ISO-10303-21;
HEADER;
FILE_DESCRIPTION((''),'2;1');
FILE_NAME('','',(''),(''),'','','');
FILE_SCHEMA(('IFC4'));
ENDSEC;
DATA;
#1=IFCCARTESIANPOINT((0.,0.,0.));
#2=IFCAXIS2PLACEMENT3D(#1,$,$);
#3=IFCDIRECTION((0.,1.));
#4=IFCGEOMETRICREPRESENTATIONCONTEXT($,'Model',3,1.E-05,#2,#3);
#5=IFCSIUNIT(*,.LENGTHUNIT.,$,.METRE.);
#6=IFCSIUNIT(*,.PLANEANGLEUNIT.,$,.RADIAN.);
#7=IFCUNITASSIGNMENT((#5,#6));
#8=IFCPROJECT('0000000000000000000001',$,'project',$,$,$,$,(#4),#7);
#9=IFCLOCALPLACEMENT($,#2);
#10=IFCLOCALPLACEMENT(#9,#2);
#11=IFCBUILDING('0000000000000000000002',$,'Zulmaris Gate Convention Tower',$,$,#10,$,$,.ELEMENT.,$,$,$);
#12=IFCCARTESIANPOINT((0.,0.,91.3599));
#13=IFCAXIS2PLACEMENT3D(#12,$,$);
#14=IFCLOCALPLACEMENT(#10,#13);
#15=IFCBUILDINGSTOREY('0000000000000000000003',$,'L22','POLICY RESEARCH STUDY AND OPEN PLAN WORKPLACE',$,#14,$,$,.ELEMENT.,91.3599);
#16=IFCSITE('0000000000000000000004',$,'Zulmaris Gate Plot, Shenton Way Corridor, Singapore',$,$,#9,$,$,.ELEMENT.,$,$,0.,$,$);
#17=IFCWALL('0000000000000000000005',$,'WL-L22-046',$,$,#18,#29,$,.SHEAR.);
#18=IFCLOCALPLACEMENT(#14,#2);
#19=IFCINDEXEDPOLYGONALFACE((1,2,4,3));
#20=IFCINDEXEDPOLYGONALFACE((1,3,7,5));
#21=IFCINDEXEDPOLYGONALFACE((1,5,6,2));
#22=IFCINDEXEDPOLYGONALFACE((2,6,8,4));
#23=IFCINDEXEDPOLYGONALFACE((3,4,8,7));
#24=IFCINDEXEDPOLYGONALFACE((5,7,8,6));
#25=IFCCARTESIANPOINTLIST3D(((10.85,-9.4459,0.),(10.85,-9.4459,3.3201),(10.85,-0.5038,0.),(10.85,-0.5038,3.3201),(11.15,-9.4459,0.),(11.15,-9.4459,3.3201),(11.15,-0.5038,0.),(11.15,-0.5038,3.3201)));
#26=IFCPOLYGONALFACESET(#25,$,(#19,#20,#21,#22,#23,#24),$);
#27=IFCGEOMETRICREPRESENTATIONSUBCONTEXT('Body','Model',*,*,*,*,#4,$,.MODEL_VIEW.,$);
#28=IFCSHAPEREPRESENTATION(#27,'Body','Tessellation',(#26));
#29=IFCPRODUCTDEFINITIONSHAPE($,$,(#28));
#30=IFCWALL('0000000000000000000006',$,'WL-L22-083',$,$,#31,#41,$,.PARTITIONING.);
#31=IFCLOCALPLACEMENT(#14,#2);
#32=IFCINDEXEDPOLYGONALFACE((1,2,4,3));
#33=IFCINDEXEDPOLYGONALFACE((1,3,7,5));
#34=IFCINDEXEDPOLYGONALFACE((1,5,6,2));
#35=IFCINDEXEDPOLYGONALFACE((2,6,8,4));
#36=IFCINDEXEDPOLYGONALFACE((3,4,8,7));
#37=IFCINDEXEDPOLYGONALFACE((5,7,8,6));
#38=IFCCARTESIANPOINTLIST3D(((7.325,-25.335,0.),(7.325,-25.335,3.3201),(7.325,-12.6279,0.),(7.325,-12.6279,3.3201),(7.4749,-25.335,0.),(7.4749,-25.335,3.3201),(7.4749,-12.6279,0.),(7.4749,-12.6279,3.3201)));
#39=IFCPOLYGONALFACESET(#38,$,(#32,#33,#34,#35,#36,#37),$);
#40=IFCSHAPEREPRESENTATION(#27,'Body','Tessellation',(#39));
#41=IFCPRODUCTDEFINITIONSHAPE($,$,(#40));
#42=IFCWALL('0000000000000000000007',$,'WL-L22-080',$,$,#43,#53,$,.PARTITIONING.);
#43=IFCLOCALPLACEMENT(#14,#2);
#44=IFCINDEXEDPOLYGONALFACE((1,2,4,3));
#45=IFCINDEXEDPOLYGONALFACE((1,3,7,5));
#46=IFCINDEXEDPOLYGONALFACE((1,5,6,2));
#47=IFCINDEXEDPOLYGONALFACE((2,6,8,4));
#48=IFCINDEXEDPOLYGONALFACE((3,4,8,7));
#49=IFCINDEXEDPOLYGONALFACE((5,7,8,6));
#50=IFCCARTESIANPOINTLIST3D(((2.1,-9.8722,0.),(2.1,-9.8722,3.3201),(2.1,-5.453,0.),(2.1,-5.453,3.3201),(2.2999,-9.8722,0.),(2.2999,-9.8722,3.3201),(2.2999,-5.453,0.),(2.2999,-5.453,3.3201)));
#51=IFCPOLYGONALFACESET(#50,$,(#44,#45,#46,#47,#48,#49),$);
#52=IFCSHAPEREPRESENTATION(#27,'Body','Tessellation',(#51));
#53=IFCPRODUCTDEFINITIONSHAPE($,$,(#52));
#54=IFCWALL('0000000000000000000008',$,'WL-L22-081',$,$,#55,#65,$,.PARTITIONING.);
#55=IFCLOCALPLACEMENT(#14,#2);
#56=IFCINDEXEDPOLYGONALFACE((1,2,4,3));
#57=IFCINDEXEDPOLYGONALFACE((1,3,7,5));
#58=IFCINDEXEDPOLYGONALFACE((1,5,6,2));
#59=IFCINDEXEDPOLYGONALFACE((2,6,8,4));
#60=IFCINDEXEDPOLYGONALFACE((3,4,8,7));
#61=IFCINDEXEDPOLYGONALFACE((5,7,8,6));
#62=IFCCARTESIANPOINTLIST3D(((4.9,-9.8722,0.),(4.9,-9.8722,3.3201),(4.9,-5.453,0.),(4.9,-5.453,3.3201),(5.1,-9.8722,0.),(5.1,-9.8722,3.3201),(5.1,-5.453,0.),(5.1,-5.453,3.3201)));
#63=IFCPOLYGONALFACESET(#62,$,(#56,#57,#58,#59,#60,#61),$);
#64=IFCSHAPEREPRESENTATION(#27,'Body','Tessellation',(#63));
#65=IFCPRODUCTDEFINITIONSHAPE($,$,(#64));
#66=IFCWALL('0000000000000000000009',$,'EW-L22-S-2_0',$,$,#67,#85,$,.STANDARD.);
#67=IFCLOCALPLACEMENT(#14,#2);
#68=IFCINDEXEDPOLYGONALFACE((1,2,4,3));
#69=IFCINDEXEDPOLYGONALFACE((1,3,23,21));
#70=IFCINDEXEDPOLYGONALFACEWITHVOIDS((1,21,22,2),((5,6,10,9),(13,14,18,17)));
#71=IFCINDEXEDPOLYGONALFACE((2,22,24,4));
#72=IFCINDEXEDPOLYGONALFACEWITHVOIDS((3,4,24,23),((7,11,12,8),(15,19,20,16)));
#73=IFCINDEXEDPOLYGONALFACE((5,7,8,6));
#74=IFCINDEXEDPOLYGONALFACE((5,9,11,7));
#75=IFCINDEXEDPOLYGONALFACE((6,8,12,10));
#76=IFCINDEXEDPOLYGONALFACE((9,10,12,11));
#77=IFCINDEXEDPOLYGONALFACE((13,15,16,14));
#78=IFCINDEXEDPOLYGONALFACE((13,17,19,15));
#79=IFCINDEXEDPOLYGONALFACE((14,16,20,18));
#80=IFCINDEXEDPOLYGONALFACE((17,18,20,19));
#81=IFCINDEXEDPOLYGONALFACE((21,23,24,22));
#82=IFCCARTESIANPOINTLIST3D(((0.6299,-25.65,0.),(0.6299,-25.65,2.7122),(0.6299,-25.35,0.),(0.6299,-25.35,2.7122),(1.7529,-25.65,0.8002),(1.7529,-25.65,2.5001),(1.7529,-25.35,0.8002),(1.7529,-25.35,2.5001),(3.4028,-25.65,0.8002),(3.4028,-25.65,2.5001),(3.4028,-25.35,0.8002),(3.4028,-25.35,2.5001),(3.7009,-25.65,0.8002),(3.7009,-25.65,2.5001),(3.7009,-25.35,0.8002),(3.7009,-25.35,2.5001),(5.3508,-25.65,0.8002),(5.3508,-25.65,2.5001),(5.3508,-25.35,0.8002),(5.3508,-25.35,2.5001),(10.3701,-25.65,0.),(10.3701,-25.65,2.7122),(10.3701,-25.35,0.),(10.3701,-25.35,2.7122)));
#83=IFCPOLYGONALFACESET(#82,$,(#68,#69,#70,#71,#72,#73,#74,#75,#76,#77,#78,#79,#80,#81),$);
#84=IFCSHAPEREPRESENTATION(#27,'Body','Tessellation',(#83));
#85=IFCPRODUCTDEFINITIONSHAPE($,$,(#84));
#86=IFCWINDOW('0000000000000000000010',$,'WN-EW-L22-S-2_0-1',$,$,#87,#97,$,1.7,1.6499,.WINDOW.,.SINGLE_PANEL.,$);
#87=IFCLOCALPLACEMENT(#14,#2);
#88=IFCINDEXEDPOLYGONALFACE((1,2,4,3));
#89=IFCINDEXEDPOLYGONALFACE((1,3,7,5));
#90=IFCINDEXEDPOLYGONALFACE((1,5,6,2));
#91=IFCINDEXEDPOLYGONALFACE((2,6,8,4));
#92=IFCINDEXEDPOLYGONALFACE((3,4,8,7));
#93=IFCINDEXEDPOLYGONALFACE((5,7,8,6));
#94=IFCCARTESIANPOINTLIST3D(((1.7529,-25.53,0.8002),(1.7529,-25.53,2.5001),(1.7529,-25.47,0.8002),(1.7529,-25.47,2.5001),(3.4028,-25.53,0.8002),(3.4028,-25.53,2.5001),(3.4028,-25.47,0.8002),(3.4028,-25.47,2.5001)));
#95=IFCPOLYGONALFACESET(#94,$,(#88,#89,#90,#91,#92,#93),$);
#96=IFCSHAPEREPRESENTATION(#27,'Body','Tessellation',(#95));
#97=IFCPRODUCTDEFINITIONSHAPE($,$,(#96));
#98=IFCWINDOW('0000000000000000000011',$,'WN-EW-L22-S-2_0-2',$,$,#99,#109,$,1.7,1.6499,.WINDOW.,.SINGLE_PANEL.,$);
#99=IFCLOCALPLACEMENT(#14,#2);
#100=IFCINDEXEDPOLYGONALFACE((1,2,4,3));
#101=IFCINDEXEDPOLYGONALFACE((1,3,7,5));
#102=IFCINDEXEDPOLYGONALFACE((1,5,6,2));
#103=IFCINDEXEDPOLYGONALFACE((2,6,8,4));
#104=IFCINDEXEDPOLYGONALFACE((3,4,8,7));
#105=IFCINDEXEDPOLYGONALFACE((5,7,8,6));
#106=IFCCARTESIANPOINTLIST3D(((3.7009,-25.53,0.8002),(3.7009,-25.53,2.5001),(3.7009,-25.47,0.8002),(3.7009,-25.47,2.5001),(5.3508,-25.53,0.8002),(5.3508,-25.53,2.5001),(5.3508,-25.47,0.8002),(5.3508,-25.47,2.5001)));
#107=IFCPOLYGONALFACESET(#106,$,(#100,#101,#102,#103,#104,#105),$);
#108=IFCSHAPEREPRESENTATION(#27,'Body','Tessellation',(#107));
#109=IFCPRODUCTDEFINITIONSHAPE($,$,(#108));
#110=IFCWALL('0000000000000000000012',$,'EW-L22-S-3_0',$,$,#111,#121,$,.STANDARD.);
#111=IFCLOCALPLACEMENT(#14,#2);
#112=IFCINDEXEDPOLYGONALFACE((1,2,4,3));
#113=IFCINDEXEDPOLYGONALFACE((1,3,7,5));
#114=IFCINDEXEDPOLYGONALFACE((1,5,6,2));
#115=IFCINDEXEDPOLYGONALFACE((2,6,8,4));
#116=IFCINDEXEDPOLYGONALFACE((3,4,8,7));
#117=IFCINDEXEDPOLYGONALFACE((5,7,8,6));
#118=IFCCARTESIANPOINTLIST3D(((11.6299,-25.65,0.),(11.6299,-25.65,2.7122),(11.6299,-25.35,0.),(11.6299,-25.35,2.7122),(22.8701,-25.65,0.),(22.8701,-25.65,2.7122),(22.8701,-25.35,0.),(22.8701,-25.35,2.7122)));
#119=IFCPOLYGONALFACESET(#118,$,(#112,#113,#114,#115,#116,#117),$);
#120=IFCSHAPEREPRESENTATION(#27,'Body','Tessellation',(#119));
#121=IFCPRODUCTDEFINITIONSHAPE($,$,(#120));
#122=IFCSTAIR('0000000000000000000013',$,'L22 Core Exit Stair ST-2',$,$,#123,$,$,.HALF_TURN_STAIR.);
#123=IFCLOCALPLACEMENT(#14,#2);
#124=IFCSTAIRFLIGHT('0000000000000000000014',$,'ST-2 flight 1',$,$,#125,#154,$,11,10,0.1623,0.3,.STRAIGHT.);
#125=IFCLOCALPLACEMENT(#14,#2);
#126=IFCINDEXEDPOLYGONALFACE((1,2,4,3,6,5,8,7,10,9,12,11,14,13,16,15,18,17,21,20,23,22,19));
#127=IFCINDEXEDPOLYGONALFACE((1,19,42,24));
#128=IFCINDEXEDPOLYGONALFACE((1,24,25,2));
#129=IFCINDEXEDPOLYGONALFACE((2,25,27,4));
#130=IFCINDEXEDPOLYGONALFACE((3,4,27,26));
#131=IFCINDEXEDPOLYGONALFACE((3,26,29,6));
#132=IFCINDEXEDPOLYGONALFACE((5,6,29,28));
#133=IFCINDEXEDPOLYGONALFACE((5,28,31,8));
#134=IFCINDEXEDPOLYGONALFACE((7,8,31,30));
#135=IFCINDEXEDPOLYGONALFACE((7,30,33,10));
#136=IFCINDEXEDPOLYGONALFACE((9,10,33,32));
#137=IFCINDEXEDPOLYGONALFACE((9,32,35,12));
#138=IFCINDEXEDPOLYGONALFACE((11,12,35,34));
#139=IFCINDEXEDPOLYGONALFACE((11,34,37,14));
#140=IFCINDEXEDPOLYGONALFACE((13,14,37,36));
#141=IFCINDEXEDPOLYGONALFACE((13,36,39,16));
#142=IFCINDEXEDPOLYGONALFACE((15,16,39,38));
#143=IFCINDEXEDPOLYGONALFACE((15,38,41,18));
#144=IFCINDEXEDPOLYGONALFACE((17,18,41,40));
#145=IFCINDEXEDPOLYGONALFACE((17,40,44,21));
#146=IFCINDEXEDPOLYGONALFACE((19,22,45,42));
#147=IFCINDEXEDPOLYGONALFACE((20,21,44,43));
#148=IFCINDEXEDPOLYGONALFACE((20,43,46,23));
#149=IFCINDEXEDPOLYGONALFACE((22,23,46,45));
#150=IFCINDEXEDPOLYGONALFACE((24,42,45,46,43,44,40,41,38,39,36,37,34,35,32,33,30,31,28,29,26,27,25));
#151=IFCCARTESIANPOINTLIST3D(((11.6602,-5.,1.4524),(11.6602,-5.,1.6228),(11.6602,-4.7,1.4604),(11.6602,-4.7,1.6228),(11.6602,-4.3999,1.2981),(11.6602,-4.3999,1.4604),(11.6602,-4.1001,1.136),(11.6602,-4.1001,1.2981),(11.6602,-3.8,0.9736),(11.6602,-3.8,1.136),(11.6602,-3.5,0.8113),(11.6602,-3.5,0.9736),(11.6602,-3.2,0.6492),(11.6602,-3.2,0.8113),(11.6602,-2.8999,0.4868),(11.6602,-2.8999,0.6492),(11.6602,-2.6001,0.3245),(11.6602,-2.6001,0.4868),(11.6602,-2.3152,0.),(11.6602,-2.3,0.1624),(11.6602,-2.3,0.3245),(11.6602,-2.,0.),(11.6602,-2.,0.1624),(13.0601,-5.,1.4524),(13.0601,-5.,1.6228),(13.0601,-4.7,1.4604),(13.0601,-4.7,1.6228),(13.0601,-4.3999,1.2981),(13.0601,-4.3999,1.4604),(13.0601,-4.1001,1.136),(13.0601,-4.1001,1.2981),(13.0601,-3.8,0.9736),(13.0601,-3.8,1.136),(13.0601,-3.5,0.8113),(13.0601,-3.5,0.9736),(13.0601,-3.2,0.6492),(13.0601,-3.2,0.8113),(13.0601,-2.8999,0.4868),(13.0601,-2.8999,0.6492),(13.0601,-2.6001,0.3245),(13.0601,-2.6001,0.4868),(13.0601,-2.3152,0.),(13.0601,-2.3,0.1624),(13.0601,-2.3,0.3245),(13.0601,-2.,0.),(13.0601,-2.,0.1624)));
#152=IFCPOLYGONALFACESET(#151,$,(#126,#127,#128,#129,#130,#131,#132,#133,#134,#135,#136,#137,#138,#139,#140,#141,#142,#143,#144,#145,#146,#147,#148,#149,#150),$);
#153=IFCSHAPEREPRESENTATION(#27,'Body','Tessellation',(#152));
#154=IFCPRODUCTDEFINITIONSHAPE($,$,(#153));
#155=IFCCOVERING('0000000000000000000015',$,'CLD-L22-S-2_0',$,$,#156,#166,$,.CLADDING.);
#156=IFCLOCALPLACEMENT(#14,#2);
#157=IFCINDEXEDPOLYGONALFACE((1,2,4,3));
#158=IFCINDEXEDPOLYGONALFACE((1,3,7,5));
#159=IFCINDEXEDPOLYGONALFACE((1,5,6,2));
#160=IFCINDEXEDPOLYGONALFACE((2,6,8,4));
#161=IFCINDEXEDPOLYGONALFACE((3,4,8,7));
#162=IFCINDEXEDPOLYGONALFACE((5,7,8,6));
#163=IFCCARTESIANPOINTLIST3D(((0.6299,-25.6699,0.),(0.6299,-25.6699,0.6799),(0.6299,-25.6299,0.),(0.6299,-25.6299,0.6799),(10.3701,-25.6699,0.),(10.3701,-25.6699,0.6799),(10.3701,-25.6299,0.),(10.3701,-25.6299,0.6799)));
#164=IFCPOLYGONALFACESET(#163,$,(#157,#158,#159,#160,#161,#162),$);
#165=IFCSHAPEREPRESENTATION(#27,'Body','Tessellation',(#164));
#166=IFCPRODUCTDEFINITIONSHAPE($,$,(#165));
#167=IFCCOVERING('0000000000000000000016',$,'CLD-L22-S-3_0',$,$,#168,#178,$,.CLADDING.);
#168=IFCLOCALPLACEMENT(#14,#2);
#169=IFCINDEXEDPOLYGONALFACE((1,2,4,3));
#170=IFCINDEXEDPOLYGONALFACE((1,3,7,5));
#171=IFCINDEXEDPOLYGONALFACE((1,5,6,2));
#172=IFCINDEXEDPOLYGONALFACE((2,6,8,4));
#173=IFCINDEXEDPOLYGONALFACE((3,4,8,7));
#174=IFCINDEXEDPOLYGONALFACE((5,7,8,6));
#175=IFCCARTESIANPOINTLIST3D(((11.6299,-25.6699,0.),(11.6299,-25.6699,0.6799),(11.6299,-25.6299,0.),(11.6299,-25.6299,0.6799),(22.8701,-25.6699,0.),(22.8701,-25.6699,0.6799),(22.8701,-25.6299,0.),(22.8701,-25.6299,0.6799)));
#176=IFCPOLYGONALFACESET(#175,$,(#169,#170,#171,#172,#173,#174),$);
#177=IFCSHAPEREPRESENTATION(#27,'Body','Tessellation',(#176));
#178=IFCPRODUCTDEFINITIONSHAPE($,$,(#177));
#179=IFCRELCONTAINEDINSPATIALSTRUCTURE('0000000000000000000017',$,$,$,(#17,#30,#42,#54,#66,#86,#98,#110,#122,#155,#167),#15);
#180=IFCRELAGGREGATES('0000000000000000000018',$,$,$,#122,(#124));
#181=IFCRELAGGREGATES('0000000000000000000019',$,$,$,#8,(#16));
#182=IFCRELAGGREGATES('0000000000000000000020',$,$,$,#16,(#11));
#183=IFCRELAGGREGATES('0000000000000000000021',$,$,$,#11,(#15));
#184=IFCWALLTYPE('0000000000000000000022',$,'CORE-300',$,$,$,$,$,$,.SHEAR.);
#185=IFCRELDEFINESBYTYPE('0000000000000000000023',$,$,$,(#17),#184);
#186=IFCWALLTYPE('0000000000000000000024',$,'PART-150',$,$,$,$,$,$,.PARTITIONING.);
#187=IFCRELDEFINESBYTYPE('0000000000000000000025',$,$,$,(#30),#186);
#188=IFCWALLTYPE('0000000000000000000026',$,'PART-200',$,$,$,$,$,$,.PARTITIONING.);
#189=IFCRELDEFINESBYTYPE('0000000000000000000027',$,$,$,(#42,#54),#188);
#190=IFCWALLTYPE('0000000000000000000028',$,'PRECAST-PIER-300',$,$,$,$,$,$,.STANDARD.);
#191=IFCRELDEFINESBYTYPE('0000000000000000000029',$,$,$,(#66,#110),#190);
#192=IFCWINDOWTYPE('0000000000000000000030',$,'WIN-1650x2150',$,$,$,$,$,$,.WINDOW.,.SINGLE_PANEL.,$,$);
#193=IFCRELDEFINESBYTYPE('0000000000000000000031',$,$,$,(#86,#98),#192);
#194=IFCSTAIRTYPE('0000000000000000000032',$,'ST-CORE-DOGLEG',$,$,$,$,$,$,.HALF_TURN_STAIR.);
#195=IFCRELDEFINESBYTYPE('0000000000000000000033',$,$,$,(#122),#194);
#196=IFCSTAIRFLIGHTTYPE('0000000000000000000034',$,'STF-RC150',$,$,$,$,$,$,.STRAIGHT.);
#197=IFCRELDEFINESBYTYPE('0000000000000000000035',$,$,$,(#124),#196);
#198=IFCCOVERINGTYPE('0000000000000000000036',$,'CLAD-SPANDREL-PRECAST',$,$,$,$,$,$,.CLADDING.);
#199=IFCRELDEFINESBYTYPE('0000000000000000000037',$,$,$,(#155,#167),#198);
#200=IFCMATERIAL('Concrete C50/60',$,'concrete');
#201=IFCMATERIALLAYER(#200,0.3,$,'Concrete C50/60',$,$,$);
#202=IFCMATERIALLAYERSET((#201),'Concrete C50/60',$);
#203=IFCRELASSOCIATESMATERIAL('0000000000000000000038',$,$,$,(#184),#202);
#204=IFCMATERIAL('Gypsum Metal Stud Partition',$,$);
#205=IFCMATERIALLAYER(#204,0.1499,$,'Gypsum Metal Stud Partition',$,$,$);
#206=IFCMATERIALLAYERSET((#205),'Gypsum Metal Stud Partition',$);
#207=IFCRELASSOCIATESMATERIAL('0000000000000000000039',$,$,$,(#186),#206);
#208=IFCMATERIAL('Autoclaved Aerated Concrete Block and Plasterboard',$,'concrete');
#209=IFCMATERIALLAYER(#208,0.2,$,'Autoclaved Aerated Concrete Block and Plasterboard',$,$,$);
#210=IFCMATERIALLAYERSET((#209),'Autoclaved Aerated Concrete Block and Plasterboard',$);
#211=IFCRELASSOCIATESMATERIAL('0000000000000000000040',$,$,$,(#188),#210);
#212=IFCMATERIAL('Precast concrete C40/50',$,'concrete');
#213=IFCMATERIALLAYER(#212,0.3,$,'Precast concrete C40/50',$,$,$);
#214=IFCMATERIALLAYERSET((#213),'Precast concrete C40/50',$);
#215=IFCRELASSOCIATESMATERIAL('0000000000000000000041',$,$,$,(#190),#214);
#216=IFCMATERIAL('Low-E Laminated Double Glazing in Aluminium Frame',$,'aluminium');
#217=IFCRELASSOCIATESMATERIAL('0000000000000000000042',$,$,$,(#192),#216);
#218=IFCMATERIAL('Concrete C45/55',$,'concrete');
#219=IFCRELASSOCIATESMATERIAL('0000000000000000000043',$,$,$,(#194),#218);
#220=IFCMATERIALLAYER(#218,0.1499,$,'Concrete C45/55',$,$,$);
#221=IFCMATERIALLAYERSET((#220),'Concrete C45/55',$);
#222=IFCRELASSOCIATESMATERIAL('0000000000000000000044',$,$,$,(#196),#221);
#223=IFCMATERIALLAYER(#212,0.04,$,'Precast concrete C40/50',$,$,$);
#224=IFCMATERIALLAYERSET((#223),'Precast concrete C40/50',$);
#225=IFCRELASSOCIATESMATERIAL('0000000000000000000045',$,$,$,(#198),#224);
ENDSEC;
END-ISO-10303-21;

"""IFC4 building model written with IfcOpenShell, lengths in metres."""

from ifc_helpers import new_model, si_unit, direction, frame, frame_2d, origin, place, context, subcontext, project, spatial, polyline, rectangle, outline, extrude, material, layer, layer_set, type_object, element, fill, aggregate, save


model = new_model("IFC4")

# Units and contexts
model_context = context("Model", 3, precision=1e-05, world=origin(), true_north=direction((0.0, 1.0)))
body_context = subcontext(model_context, "Body", "Model", "MODEL_VIEW")
ifc_project = project(units=[si_unit("LENGTHUNIT", "METRE"), si_unit("PLANEANGLEUNIT", "RADIAN")], contexts=[model_context])

# Site, building, storey
site_placement = place(None, origin())
site = spatial("IfcSite", under=ifc_project, at=site_placement, Name="Zulmaris Gate Plot, Shenton Way Corridor, Singapore", CompositionType="ELEMENT", RefElevation=0.0)
building_placement = place(site_placement, origin())
building = spatial("IfcBuilding", under=site, at=building_placement, Name="Zulmaris Gate Convention Tower", CompositionType="ELEMENT")
storey_placement = place(building_placement, frame((0.0, 0.0, 91.3599)))
storey = spatial("IfcBuildingStorey", under=building, at=storey_placement, Name="L22", Description="POLICY RESEARCH STUDY AND OPEN PLAN WORKPLACE", CompositionType="ELEMENT", Elevation=91.3599)

# Walls
ifc_material_1 = material(Name="Concrete C50/60", Category="concrete")
ifc_layer_1 = layer(ifc_material_1, 0.3, Name="Concrete C50/60")
ifc_layer_set_1 = layer_set([ifc_layer_1], Name="Concrete C50/60")
wall_type_1 = type_object("IfcWallType", Name="CORE-300", PredefinedType="SHEAR", material=ifc_layer_set_1)
wall_1_placement = place(storey_placement, frame((11.0, -9.446, 0.0), z_axis=(0.0, 0.0, 1.0), x_axis=(0.0, 1.0, 0.0)))
element("IfcWall", 1, at=wall_1_placement, inside=storey, type_object=wall_type_1, Name="WL-L22-046", PredefinedType="SHEAR", context=body_context, shape_type="SweptSolid", body=[
    extrude(rectangle(XDim=8.9421, YDim=0.3, at=frame_2d((4.4712, 0.0))), origin(), (0.0, 0.0, 1.0), 3.3201),
])
ifc_material_2 = material(Name="Gypsum Metal Stud Partition")
ifc_layer_2 = layer(ifc_material_2, 0.1499, Name="Gypsum Metal Stud Partition")
ifc_layer_set_2 = layer_set([ifc_layer_2], Name="Gypsum Metal Stud Partition")
wall_type_2 = type_object("IfcWallType", Name="PART-150", PredefinedType="PARTITIONING", material=ifc_layer_set_2)
wall_2_placement = place(storey_placement, frame((7.3999, -25.335, 0.0), z_axis=(0.0, 0.0, 1.0), x_axis=(0.0, 1.0, 0.0)))
element("IfcWall", 2, at=wall_2_placement, inside=storey, type_object=wall_type_2, Name="WL-L22-083", PredefinedType="PARTITIONING", context=body_context, shape_type="SweptSolid", body=[
    extrude(rectangle(XDim=12.707, YDim=0.1499, at=frame_2d((6.3535, 0.0))), origin(), (0.0, 0.0, 1.0), 3.3201),
])
ifc_material_3 = material(Name="Autoclaved Aerated Concrete Block and Plasterboard", Category="concrete")
ifc_layer_3 = layer(ifc_material_3, 0.2, Name="Autoclaved Aerated Concrete Block and Plasterboard")
ifc_layer_set_3 = layer_set([ifc_layer_3], Name="Autoclaved Aerated Concrete Block and Plasterboard")
wall_type_3 = type_object("IfcWallType", Name="PART-200", PredefinedType="PARTITIONING", material=ifc_layer_set_3)
for number, where, z_axis, x_axis, name in (
    (3, (2.2, -9.8721, 0.0), (0.0, 0.0, 1.0), (0.0, 1.0, 0.0), "WL-L22-080"),
    (4, (5.0, -9.8721, 0.0), (0.0, 0.0, 1.0), (0.0, 1.0, 0.0), "WL-L22-081"),
):
    element("IfcWall", number, at=place(storey_placement, frame(where, z_axis=z_axis, x_axis=x_axis)), inside=storey, type_object=wall_type_3, Name=name, PredefinedType="PARTITIONING", context=body_context, shape_type="SweptSolid", body=[
        extrude(rectangle(XDim=4.4192, YDim=0.2, at=frame_2d((2.2095, 0.0))), origin(), (0.0, 0.0, 1.0), 3.3201),
    ])

# Wall, openings, windows
ifc_material_4 = material(Name="Precast concrete C40/50", Category="concrete")
ifc_layer_4 = layer(ifc_material_4, 0.3, Name="Precast concrete C40/50")
ifc_layer_set_4 = layer_set([ifc_layer_4], Name="Precast concrete C40/50")
wall_type_4 = type_object("IfcWallType", Name="PRECAST-PIER-300", PredefinedType="STANDARD", material=ifc_layer_set_4)
wall_3_placement = place(storey_placement, frame((0.6299, -25.5, 0.0), z_axis=(0.0, 0.0, 1.0), x_axis=(1.0, 0.0, 0.0)))
wall_3 = element("IfcWall", 5, at=wall_3_placement, inside=storey, type_object=wall_type_4, Name="EW-L22-S-2_0", PredefinedType="STANDARD", context=body_context, shape_type="SweptSolid", body=[
    extrude(rectangle(XDim=9.7402, YDim=0.3, at=frame_2d((4.8701, 0.0))), origin(), (0.0, 0.0, 1.0), 2.7122),
])
opening_1_placement = place(wall_3_placement, frame((1.123, 0.0, 0.8)))
opening_1 = element("IfcOpeningElement", 6, at=opening_1_placement, cuts=wall_3, PredefinedType="OPENING", context=body_context, shape_type="SweptSolid", body=[
    extrude(rectangle(XDim=1.6499, YDim=1.7, at=frame_2d((0.825, 0.8501))), frame((0.0, 0.1602, 0.0), z_axis=(0.0, -1.0, 0.0), x_axis=(1.0, 0.0, 0.0)), (0.0, 0.0, 1.0), 0.3201),
])
opening_2_placement = place(wall_3_placement, frame((3.071, 0.0, 0.8)))
opening_2 = element("IfcOpeningElement", 7, at=opening_2_placement, cuts=wall_3, PredefinedType="OPENING", context=body_context, shape_type="SweptSolid", body=[
    extrude(rectangle(XDim=1.6499, YDim=1.7, at=frame_2d((0.825, 0.8501))), frame((0.0, 0.1602, 0.0), z_axis=(0.0, -1.0, 0.0), x_axis=(1.0, 0.0, 0.0)), (0.0, 0.0, 1.0), 0.3201),
])
ifc_material_5 = material(Name="Low-E Laminated Double Glazing in Aluminium Frame", Category="aluminium")
window_type = type_object("IfcWindowType", Name="WIN-1650x2150", PartitioningType="SINGLE_PANEL", PredefinedType="WINDOW", material=ifc_material_5)
window_1_placement = place(opening_1_placement, origin())
window_1 = element("IfcWindow", 8, at=window_1_placement, inside=storey, type_object=window_type, Name="WN-EW-L22-S-2_0-1", OverallHeight=1.7, OverallWidth=1.6499, PartitioningType="SINGLE_PANEL", PredefinedType="WINDOW", context=body_context, shape_type="SweptSolid", body=[
    extrude(rectangle(XDim=1.6499, YDim=1.7, at=frame_2d((0.825, 0.8501))), frame((0.0, 0.03, 0.0), z_axis=(0.0, -1.0, 0.0), x_axis=(1.0, 0.0, 0.0)), (0.0, 0.0, 1.0), 0.0601),
])
fill(opening_1, window_1)
window_2_placement = place(opening_2_placement, origin())
window_2 = element("IfcWindow", 9, at=window_2_placement, inside=storey, type_object=window_type, Name="WN-EW-L22-S-2_0-2", OverallHeight=1.7, OverallWidth=1.6499, PartitioningType="SINGLE_PANEL", PredefinedType="WINDOW", context=body_context, shape_type="SweptSolid", body=[
    extrude(rectangle(XDim=1.6499, YDim=1.7, at=frame_2d((0.825, 0.8501))), frame((0.0, 0.03, 0.0), z_axis=(0.0, -1.0, 0.0), x_axis=(1.0, 0.0, 0.0)), (0.0, 0.0, 1.0), 0.0601),
])
fill(opening_2, window_2)

# Wall
wall_4_placement = place(storey_placement, frame((11.6299, -25.5, 0.0), z_axis=(0.0, 0.0, 1.0), x_axis=(1.0, 0.0, 0.0)))
element("IfcWall", 10, at=wall_4_placement, inside=storey, type_object=wall_type_4, Name="EW-L22-S-3_0", PredefinedType="STANDARD", context=body_context, shape_type="SweptSolid", body=[
    extrude(rectangle(XDim=11.2402, YDim=0.3, at=frame_2d((5.6201, 0.0))), origin(), (0.0, 0.0, 1.0), 2.7122),
])

# Stair, stair flight
ifc_material_6 = material(Name="Concrete C45/55", Category="concrete")
stair_type = type_object("IfcStairType", Name="ST-CORE-DOGLEG", PredefinedType="HALF_TURN_STAIR", material=ifc_material_6)
stair_placement = place(storey_placement, origin())
stair = element("IfcStair", 11, at=stair_placement, inside=storey, type_object=stair_type, Name="L22 Core Exit Stair ST-2", PredefinedType="HALF_TURN_STAIR")
ifc_layer_5 = layer(ifc_material_6, 0.1499, Name="Concrete C45/55")
ifc_layer_set_5 = layer_set([ifc_layer_5], Name="Concrete C45/55")
stair_flight_type = type_object("IfcStairFlightType", Name="STF-RC150", PredefinedType="STRAIGHT", material=ifc_layer_set_5)
stair_flight_placement = place(storey_placement, frame((12.3601, -2.0, 0.0), z_axis=(0.0, 0.0, 1.0), x_axis=(0.0, -1.0, 0.0)))
stair_flight = element("IfcStairFlight", 12, at=stair_flight_placement, type_object=stair_flight_type, Name="ST-2 flight 1", NumberOfRisers=11, NumberOfTreads=10, PredefinedType="STRAIGHT", RiserHeight=0.1623, TreadLength=0.3, context=body_context, shape_type="SweptSolid", body=[
    extrude(outline(polyline([(0.0, 0.0), (0.0, 0.1624), (0.3, 0.1624), (0.3, 0.3245), (0.6001, 0.3245), (0.6001, 0.4868), (0.8999, 0.4868), (0.8999, 0.6492), (1.2, 0.6492), (1.2, 0.8113), (1.5, 0.8113), (1.5, 0.9736), (1.8, 0.9736), (1.8, 1.136), (2.1001, 1.136), (2.1001, 1.2981), (2.3999, 1.2981), (2.3999, 1.4604), (2.7, 1.4604), (2.7, 1.6228), (3.0, 1.6228), (3.0, 1.7849), (3.0, 1.4524), (0.3152, 0.0), (0.0, 0.0)])), frame((0.0, 0.7, 0.0), z_axis=(0.0, -1.0, 0.0), x_axis=(1.0, 0.0, 0.0)), (0.0, 0.0, 1.0), 1.3999),
])
aggregate(stair, [stair_flight])

# Coverings
ifc_layer_6 = layer(ifc_material_4, 0.04, Name="Precast concrete C40/50")
ifc_layer_set_6 = layer_set([ifc_layer_6], Name="Precast concrete C40/50")
covering_type = type_object("IfcCoveringType", Name="CLAD-SPANDREL-PRECAST", PredefinedType="CLADDING", material=ifc_layer_set_6)
covering_1_placement = place(storey_placement, frame((0.6299, -25.6499, 0.0), z_axis=(0.0, 0.0, 1.0), x_axis=(1.0, 0.0, 0.0)))
element("IfcCovering", 13, at=covering_1_placement, inside=storey, type_object=covering_type, Name="CLD-L22-S-2_0", PredefinedType="CLADDING", context=body_context, shape_type="SweptSolid", body=[
    extrude(rectangle(XDim=9.7402, YDim=0.04, at=frame_2d((4.8701, 0.0))), origin(), (0.0, 0.0, 1.0), 0.6799),
])
covering_2_placement = place(storey_placement, frame((11.6299, -25.6499, 0.0), z_axis=(0.0, 0.0, 1.0), x_axis=(1.0, 0.0, 0.0)))
element("IfcCovering", 14, at=covering_2_placement, inside=storey, type_object=covering_type, Name="CLD-L22-S-3_0", PredefinedType="CLADDING", context=body_context, shape_type="SweptSolid", body=[
    extrude(rectangle(XDim=11.2402, YDim=0.04, at=frame_2d((5.6201, 0.0))), origin(), (0.0, 0.0, 1.0), 0.6799),
])

save(model, "model.ifc")
